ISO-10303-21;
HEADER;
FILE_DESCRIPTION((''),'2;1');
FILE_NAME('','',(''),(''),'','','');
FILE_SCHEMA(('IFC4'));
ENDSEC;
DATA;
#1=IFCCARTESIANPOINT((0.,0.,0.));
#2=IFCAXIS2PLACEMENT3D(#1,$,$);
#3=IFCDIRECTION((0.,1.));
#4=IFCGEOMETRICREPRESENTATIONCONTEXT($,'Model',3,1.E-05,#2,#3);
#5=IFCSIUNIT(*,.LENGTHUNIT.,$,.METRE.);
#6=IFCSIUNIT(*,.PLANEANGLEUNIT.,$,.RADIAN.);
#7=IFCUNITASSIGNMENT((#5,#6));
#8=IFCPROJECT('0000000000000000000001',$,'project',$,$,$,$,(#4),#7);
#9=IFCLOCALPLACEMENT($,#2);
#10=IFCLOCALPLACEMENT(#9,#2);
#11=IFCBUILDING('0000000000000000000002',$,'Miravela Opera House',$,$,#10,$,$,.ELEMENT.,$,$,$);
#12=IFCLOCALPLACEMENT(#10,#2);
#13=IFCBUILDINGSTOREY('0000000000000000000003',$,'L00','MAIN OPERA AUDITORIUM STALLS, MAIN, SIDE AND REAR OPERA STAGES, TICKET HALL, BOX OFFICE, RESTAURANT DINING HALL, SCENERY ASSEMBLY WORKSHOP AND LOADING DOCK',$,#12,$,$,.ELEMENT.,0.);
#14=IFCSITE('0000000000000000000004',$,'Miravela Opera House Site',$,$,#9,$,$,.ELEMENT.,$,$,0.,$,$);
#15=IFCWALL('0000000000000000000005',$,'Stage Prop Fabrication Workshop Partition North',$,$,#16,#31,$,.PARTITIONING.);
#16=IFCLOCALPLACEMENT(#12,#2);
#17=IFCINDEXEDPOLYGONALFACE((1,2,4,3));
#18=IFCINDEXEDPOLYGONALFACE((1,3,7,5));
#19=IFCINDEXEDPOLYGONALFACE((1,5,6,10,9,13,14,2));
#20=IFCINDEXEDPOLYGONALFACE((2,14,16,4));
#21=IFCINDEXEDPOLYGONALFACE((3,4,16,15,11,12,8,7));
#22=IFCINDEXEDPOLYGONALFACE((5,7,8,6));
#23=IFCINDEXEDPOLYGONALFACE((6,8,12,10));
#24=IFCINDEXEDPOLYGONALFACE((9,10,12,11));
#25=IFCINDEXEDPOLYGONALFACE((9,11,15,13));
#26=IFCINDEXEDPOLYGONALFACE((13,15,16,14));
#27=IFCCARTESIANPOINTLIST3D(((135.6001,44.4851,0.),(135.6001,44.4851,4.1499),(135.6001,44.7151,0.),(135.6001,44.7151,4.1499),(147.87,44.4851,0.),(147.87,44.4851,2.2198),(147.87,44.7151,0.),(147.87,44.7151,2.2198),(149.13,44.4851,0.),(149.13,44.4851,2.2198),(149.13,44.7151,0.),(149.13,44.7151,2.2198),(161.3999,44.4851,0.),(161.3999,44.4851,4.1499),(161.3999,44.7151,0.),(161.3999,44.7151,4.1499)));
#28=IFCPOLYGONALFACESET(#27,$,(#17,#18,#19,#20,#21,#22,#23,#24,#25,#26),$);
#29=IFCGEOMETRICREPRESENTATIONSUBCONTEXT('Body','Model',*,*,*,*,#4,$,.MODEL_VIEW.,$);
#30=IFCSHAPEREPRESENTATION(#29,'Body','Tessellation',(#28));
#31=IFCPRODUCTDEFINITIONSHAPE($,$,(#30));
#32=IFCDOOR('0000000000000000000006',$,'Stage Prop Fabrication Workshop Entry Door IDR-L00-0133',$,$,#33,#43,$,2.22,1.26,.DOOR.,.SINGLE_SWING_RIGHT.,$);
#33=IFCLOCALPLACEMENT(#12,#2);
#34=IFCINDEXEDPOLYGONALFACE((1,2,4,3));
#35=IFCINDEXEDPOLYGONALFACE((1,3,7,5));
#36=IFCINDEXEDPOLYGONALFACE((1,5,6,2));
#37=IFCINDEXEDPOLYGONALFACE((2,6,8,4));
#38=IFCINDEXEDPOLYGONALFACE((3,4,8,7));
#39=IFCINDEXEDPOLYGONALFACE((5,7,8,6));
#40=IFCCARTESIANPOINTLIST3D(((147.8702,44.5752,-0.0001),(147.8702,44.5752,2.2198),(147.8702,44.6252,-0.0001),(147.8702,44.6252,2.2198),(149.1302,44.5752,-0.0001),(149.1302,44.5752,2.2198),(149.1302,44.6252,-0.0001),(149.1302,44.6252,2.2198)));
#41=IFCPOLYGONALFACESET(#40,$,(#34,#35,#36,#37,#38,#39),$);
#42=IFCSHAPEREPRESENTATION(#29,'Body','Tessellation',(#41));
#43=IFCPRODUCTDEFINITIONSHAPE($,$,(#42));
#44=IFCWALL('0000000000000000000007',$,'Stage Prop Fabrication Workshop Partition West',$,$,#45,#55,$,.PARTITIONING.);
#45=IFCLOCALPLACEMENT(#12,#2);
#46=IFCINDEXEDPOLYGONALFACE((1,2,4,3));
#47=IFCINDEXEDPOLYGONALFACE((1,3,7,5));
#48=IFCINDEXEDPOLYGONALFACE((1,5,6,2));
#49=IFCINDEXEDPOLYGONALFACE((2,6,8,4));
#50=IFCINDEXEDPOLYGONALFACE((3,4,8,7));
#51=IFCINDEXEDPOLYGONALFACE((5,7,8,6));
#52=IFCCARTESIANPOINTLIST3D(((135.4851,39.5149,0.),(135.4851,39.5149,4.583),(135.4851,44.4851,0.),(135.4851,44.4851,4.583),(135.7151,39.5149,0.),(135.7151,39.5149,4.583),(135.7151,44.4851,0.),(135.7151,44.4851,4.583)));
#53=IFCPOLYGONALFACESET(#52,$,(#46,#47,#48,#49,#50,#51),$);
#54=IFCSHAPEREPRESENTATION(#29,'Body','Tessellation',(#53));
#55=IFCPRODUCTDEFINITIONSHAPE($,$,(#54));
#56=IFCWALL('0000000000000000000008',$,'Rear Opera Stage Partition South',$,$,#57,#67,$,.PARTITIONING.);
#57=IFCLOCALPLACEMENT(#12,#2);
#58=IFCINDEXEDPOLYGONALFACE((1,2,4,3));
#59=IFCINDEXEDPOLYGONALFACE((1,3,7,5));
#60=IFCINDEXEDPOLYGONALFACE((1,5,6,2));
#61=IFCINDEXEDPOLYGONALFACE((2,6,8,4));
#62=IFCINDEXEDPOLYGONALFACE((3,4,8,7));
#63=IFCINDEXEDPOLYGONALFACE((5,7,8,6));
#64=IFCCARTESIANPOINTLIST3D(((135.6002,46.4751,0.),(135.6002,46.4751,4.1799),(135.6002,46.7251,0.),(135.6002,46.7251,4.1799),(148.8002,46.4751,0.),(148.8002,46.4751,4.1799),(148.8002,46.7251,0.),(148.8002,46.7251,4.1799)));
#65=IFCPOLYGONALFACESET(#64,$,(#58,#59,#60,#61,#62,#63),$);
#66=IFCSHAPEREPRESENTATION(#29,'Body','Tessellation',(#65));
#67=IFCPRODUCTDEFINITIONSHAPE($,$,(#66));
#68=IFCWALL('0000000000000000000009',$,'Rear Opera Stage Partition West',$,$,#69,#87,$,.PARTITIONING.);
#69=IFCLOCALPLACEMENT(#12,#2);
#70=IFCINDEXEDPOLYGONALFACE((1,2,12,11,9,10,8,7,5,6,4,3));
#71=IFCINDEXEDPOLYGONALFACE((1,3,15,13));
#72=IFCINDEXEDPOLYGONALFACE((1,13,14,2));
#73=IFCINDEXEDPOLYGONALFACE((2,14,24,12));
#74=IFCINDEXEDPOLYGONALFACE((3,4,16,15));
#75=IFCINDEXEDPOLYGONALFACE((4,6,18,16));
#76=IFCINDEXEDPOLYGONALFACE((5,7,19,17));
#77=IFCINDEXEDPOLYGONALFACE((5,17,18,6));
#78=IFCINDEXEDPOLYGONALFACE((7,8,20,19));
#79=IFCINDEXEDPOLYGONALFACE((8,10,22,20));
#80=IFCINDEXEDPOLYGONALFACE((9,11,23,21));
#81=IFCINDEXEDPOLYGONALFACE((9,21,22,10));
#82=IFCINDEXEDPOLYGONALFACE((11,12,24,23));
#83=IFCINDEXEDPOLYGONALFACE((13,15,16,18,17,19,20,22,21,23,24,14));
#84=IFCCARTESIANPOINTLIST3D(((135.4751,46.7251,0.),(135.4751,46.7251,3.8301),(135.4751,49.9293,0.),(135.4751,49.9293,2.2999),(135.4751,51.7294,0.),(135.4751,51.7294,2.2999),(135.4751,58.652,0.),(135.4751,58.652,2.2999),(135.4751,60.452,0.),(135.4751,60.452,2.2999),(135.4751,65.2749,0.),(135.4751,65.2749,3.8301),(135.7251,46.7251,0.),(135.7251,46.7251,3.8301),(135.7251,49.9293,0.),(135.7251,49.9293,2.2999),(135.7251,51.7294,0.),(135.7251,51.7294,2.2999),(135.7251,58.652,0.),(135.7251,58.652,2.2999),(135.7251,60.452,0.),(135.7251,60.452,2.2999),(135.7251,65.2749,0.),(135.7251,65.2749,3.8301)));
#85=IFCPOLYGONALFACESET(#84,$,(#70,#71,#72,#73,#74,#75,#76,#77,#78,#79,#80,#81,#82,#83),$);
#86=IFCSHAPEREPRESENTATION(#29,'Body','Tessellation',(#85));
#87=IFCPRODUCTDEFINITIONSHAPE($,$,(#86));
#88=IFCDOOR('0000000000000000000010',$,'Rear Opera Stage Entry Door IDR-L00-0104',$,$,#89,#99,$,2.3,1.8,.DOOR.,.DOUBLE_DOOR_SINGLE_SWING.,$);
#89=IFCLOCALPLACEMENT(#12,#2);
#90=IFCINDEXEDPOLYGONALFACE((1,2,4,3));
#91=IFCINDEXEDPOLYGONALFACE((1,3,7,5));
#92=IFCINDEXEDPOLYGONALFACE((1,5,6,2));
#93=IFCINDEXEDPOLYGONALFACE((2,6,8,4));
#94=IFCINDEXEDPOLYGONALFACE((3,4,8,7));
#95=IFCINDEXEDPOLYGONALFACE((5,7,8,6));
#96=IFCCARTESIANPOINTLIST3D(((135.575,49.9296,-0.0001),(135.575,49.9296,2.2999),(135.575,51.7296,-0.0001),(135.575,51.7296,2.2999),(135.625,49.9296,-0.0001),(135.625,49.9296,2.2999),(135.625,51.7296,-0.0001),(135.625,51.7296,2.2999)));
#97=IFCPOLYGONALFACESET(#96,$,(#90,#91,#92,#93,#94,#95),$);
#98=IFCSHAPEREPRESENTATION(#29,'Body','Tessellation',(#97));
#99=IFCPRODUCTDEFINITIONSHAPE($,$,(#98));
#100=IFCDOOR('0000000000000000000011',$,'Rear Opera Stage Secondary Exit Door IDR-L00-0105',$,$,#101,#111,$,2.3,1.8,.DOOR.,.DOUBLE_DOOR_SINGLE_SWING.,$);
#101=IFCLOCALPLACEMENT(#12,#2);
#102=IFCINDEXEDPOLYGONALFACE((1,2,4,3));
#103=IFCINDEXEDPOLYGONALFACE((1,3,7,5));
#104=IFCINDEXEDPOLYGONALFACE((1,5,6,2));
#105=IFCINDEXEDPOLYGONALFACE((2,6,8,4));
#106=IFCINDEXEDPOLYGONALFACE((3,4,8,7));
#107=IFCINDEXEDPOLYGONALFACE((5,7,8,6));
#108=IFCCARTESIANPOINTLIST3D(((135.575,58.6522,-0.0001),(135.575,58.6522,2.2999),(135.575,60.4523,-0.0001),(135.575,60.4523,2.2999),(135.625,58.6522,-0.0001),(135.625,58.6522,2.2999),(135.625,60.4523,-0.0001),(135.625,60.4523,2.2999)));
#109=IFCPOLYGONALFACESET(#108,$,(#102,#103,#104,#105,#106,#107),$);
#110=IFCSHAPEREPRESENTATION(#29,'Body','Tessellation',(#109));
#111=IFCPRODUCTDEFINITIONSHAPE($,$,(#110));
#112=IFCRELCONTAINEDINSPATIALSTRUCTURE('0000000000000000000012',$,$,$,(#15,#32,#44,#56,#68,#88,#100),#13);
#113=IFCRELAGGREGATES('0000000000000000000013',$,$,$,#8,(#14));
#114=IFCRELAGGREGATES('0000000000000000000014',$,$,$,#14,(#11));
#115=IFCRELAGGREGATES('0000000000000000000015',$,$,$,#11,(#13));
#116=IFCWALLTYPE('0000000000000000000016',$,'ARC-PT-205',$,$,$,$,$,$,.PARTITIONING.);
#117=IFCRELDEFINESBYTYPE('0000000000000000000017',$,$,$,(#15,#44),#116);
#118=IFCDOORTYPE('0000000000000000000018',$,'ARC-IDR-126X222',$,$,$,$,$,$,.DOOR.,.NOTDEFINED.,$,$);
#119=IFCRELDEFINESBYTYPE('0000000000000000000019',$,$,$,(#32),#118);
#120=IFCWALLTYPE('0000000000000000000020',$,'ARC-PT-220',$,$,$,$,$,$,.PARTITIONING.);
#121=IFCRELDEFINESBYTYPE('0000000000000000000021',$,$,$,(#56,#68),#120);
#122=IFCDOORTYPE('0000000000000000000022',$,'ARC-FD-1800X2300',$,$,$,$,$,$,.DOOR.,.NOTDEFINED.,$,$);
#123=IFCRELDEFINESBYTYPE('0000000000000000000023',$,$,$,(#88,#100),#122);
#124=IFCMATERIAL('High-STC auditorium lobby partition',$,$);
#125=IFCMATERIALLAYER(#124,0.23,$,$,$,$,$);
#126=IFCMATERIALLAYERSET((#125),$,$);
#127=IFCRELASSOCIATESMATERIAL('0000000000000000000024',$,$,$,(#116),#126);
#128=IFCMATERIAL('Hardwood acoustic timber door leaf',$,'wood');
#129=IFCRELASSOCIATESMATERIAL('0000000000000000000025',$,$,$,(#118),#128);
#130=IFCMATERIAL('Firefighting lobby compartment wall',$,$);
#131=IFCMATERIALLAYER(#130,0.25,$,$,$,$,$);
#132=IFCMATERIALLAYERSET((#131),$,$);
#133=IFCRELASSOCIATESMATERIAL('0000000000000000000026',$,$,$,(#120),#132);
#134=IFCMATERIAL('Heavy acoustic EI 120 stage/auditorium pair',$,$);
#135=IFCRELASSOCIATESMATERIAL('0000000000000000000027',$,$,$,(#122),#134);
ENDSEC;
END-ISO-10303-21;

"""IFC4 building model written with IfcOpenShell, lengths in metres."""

from ifc_helpers import new_model, si_unit, direction, frame, frame_2d, origin, place, context, subcontext, project, spatial, rectangle, extrude, material, layer, layer_set, type_object, element, fill, save


model = new_model("IFC4")

# Units and contexts
model_context = context("Model", 3, precision=1e-05, world=origin(), true_north=direction((0.0, 1.0)))
body_context = subcontext(model_context, "Body", "Model", "MODEL_VIEW")
ifc_project = project(units=[si_unit("LENGTHUNIT", "METRE"), si_unit("PLANEANGLEUNIT", "RADIAN")], contexts=[model_context])

# Site, building, storey
site_placement = place(None, origin())
site = spatial("IfcSite", under=ifc_project, at=site_placement, Name="Miravela Opera House Site", CompositionType="ELEMENT", RefElevation=0.0)
building_placement = place(site_placement, origin())
building = spatial("IfcBuilding", under=site, at=building_placement, Name="Miravela Opera House", CompositionType="ELEMENT")
storey_placement = place(building_placement, origin())
storey = spatial("IfcBuildingStorey", under=building, at=storey_placement, Name="L00", Description="MAIN OPERA AUDITORIUM STALLS, MAIN, SIDE AND REAR OPERA STAGES, TICKET HALL, BOX OFFICE, RESTAURANT DINING HALL, SCENERY ASSEMBLY WORKSHOP AND LOADING DOCK", CompositionType="ELEMENT", Elevation=0.0)

# Wall, opening, door
ifc_material_1 = material(Name="High-STC auditorium lobby partition")
ifc_layer_1 = layer(ifc_material_1, 0.23)
ifc_layer_set_1 = layer_set([ifc_layer_1])
wall_type_1 = type_object("IfcWallType", Name="ARC-PT-205", PredefinedType="PARTITIONING", material=ifc_layer_set_1)
wall_1_placement = place(storey_placement, frame((135.6001, 44.6001, 0.0), z_axis=(0.0, 0.0, 1.0), x_axis=(1.0, 0.0, 0.0)))
wall_1 = element("IfcWall", 1, at=wall_1_placement, inside=storey, type_object=wall_type_1, Name="Stage Prop Fabrication Workshop Partition North", PredefinedType="PARTITIONING", context=body_context, shape_type="SweptSolid", body=[
    extrude(rectangle(XDim=25.7998, YDim=0.23, at=frame_2d((12.8999, 0.0))), origin(), (0.0, 0.0, 1.0), 4.1499),
])
opening_1_placement = place(wall_1_placement, frame((12.27, 0.0, 0.0)))
opening_1 = element("IfcOpeningElement", 2, at=opening_1_placement, cuts=wall_1, PredefinedType="OPENING", context=body_context, shape_type="SweptSolid", body=[
    extrude(rectangle(XDim=1.26, YDim=2.22, at=frame_2d((0.6299, 1.1099))), frame((0.0, 0.125, 0.0), z_axis=(0.0, -1.0, 0.0), x_axis=(1.0, 0.0, 0.0)), (0.0, 0.0, 1.0), 0.25),
])
ifc_material_2 = material(Name="Hardwood acoustic timber door leaf", Category="wood")
door_type_1 = type_object("IfcDoorType", Name="ARC-IDR-126X222", OperationType="NOTDEFINED", PredefinedType="DOOR", material=ifc_material_2)
door_1_placement = place(opening_1_placement, frame((1.26, 0.0, 0.0), z_axis=(0.0, 0.0, 1.0), x_axis=(-1.0, 0.0, 0.0)))
door_1 = element("IfcDoor", 3, at=door_1_placement, inside=storey, type_object=door_type_1, Name="Stage Prop Fabrication Workshop Entry Door IDR-L00-0133", OperationType="SINGLE_SWING_RIGHT", OverallHeight=2.22, OverallWidth=1.26, PredefinedType="DOOR", context=body_context, shape_type="SweptSolid", body=[
    extrude(rectangle(XDim=1.26, YDim=2.22, at=frame_2d((0.6299, 1.1099))), frame((0.0, 0.0249, 0.0), z_axis=(0.0, -1.0, 0.0), x_axis=(1.0, 0.0, 0.0)), (0.0, 0.0, 1.0), 0.05),
])
fill(opening_1, door_1)

# Walls
wall_2_placement = place(storey_placement, frame((135.6001, 39.5149, 0.0), z_axis=(0.0, 0.0, 1.0), x_axis=(0.0, 1.0, 0.0)))
element("IfcWall", 4, at=wall_2_placement, inside=storey, type_object=wall_type_1, Name="Stage Prop Fabrication Workshop Partition West", PredefinedType="PARTITIONING", context=body_context, shape_type="SweptSolid", body=[
    extrude(rectangle(XDim=4.9702, YDim=0.23, at=frame_2d((2.4851, 0.0))), origin(), (0.0, 0.0, 1.0), 4.583),
])
ifc_material_3 = material(Name="Firefighting lobby compartment wall")
ifc_layer_2 = layer(ifc_material_3, 0.25)
ifc_layer_set_2 = layer_set([ifc_layer_2])
wall_type_2 = type_object("IfcWallType", Name="ARC-PT-220", PredefinedType="PARTITIONING", material=ifc_layer_set_2)
wall_3_placement = place(storey_placement, frame((135.6001, 46.6001, 0.0), z_axis=(0.0, 0.0, 1.0), x_axis=(1.0, 0.0, 0.0)))
element("IfcWall", 5, at=wall_3_placement, inside=storey, type_object=wall_type_2, Name="Rear Opera Stage Partition South", PredefinedType="PARTITIONING", context=body_context, shape_type="SweptSolid", body=[
    extrude(rectangle(XDim=13.2, YDim=0.25, at=frame_2d((6.6001, 0.0))), origin(), (0.0, 0.0, 1.0), 4.1799),
])

# Wall, openings, doors
wall_4_placement = place(storey_placement, frame((135.6001, 46.7251, 0.0), z_axis=(0.0, 0.0, 1.0), x_axis=(0.0, 1.0, 0.0)))
wall_4 = element("IfcWall", 6, at=wall_4_placement, inside=storey, type_object=wall_type_2, Name="Rear Opera Stage Partition West", PredefinedType="PARTITIONING", context=body_context, shape_type="SweptSolid", body=[
    extrude(rectangle(XDim=18.5498, YDim=0.25, at=frame_2d((9.2749, 0.0))), origin(), (0.0, 0.0, 1.0), 3.8301),
])
opening_2_placement = place(wall_4_placement, frame((3.2043, 0.0, 0.0)))
opening_2 = element("IfcOpeningElement", 7, at=opening_2_placement, cuts=wall_4, PredefinedType="OPENING", context=body_context, shape_type="SweptSolid", body=[
    extrude(rectangle(XDim=1.8, YDim=2.3, at=frame_2d((0.8999, 1.1499))), frame((0.0, 0.135, 0.0), z_axis=(0.0, -1.0, 0.0), x_axis=(1.0, 0.0, 0.0)), (0.0, 0.0, 1.0), 0.27),
])
opening_3_placement = place(wall_4_placement, frame((11.927, 0.0, 0.0)))
opening_3 = element("IfcOpeningElement", 8, at=opening_3_placement, cuts=wall_4, PredefinedType="OPENING", context=body_context, shape_type="SweptSolid", body=[
    extrude(rectangle(XDim=1.8, YDim=2.3, at=frame_2d((0.8999, 1.1499))), frame((0.0, 0.135, 0.0), z_axis=(0.0, -1.0, 0.0), x_axis=(1.0, 0.0, 0.0)), (0.0, 0.0, 1.0), 0.27),
])
ifc_material_4 = material(Name="Heavy acoustic EI 120 stage/auditorium pair")
door_type_2 = type_object("IfcDoorType", Name="ARC-FD-1800X2300", OperationType="NOTDEFINED", PredefinedType="DOOR", material=ifc_material_4)
door_2_placement = place(opening_2_placement, frame((1.8, 0.0, 0.0), z_axis=(0.0, 0.0, 1.0), x_axis=(-1.0, 0.0, 0.0)))
door_2 = element("IfcDoor", 9, at=door_2_placement, inside=storey, type_object=door_type_2, Name="Rear Opera Stage Entry Door IDR-L00-0104", OperationType="DOUBLE_DOOR_SINGLE_SWING", OverallHeight=2.3, OverallWidth=1.8, PredefinedType="DOOR", context=body_context, shape_type="SweptSolid", body=[
    extrude(rectangle(XDim=1.8, YDim=2.3, at=frame_2d((0.8999, 1.1499))), frame((0.0, 0.0249, 0.0), z_axis=(0.0, -1.0, 0.0), x_axis=(1.0, 0.0, 0.0)), (0.0, 0.0, 1.0), 0.05),
])
fill(opening_2, door_2)
door_3_placement = place(opening_3_placement, frame((1.8, 0.0, 0.0), z_axis=(0.0, 0.0, 1.0), x_axis=(-1.0, 0.0, 0.0)))
door_3 = element("IfcDoor", 10, at=door_3_placement, inside=storey, type_object=door_type_2, Name="Rear Opera Stage Secondary Exit Door IDR-L00-0105", OperationType="DOUBLE_DOOR_SINGLE_SWING", OverallHeight=2.3, OverallWidth=1.8, PredefinedType="DOOR", context=body_context, shape_type="SweptSolid", body=[
    extrude(rectangle(XDim=1.8, YDim=2.3, at=frame_2d((0.8999, 1.1499))), frame((0.0, 0.0249, 0.0), z_axis=(0.0, -1.0, 0.0), x_axis=(1.0, 0.0, 0.0)), (0.0, 0.0, 1.0), 0.05),
])
fill(opening_3, door_3)

save(model, "model.ifc")
